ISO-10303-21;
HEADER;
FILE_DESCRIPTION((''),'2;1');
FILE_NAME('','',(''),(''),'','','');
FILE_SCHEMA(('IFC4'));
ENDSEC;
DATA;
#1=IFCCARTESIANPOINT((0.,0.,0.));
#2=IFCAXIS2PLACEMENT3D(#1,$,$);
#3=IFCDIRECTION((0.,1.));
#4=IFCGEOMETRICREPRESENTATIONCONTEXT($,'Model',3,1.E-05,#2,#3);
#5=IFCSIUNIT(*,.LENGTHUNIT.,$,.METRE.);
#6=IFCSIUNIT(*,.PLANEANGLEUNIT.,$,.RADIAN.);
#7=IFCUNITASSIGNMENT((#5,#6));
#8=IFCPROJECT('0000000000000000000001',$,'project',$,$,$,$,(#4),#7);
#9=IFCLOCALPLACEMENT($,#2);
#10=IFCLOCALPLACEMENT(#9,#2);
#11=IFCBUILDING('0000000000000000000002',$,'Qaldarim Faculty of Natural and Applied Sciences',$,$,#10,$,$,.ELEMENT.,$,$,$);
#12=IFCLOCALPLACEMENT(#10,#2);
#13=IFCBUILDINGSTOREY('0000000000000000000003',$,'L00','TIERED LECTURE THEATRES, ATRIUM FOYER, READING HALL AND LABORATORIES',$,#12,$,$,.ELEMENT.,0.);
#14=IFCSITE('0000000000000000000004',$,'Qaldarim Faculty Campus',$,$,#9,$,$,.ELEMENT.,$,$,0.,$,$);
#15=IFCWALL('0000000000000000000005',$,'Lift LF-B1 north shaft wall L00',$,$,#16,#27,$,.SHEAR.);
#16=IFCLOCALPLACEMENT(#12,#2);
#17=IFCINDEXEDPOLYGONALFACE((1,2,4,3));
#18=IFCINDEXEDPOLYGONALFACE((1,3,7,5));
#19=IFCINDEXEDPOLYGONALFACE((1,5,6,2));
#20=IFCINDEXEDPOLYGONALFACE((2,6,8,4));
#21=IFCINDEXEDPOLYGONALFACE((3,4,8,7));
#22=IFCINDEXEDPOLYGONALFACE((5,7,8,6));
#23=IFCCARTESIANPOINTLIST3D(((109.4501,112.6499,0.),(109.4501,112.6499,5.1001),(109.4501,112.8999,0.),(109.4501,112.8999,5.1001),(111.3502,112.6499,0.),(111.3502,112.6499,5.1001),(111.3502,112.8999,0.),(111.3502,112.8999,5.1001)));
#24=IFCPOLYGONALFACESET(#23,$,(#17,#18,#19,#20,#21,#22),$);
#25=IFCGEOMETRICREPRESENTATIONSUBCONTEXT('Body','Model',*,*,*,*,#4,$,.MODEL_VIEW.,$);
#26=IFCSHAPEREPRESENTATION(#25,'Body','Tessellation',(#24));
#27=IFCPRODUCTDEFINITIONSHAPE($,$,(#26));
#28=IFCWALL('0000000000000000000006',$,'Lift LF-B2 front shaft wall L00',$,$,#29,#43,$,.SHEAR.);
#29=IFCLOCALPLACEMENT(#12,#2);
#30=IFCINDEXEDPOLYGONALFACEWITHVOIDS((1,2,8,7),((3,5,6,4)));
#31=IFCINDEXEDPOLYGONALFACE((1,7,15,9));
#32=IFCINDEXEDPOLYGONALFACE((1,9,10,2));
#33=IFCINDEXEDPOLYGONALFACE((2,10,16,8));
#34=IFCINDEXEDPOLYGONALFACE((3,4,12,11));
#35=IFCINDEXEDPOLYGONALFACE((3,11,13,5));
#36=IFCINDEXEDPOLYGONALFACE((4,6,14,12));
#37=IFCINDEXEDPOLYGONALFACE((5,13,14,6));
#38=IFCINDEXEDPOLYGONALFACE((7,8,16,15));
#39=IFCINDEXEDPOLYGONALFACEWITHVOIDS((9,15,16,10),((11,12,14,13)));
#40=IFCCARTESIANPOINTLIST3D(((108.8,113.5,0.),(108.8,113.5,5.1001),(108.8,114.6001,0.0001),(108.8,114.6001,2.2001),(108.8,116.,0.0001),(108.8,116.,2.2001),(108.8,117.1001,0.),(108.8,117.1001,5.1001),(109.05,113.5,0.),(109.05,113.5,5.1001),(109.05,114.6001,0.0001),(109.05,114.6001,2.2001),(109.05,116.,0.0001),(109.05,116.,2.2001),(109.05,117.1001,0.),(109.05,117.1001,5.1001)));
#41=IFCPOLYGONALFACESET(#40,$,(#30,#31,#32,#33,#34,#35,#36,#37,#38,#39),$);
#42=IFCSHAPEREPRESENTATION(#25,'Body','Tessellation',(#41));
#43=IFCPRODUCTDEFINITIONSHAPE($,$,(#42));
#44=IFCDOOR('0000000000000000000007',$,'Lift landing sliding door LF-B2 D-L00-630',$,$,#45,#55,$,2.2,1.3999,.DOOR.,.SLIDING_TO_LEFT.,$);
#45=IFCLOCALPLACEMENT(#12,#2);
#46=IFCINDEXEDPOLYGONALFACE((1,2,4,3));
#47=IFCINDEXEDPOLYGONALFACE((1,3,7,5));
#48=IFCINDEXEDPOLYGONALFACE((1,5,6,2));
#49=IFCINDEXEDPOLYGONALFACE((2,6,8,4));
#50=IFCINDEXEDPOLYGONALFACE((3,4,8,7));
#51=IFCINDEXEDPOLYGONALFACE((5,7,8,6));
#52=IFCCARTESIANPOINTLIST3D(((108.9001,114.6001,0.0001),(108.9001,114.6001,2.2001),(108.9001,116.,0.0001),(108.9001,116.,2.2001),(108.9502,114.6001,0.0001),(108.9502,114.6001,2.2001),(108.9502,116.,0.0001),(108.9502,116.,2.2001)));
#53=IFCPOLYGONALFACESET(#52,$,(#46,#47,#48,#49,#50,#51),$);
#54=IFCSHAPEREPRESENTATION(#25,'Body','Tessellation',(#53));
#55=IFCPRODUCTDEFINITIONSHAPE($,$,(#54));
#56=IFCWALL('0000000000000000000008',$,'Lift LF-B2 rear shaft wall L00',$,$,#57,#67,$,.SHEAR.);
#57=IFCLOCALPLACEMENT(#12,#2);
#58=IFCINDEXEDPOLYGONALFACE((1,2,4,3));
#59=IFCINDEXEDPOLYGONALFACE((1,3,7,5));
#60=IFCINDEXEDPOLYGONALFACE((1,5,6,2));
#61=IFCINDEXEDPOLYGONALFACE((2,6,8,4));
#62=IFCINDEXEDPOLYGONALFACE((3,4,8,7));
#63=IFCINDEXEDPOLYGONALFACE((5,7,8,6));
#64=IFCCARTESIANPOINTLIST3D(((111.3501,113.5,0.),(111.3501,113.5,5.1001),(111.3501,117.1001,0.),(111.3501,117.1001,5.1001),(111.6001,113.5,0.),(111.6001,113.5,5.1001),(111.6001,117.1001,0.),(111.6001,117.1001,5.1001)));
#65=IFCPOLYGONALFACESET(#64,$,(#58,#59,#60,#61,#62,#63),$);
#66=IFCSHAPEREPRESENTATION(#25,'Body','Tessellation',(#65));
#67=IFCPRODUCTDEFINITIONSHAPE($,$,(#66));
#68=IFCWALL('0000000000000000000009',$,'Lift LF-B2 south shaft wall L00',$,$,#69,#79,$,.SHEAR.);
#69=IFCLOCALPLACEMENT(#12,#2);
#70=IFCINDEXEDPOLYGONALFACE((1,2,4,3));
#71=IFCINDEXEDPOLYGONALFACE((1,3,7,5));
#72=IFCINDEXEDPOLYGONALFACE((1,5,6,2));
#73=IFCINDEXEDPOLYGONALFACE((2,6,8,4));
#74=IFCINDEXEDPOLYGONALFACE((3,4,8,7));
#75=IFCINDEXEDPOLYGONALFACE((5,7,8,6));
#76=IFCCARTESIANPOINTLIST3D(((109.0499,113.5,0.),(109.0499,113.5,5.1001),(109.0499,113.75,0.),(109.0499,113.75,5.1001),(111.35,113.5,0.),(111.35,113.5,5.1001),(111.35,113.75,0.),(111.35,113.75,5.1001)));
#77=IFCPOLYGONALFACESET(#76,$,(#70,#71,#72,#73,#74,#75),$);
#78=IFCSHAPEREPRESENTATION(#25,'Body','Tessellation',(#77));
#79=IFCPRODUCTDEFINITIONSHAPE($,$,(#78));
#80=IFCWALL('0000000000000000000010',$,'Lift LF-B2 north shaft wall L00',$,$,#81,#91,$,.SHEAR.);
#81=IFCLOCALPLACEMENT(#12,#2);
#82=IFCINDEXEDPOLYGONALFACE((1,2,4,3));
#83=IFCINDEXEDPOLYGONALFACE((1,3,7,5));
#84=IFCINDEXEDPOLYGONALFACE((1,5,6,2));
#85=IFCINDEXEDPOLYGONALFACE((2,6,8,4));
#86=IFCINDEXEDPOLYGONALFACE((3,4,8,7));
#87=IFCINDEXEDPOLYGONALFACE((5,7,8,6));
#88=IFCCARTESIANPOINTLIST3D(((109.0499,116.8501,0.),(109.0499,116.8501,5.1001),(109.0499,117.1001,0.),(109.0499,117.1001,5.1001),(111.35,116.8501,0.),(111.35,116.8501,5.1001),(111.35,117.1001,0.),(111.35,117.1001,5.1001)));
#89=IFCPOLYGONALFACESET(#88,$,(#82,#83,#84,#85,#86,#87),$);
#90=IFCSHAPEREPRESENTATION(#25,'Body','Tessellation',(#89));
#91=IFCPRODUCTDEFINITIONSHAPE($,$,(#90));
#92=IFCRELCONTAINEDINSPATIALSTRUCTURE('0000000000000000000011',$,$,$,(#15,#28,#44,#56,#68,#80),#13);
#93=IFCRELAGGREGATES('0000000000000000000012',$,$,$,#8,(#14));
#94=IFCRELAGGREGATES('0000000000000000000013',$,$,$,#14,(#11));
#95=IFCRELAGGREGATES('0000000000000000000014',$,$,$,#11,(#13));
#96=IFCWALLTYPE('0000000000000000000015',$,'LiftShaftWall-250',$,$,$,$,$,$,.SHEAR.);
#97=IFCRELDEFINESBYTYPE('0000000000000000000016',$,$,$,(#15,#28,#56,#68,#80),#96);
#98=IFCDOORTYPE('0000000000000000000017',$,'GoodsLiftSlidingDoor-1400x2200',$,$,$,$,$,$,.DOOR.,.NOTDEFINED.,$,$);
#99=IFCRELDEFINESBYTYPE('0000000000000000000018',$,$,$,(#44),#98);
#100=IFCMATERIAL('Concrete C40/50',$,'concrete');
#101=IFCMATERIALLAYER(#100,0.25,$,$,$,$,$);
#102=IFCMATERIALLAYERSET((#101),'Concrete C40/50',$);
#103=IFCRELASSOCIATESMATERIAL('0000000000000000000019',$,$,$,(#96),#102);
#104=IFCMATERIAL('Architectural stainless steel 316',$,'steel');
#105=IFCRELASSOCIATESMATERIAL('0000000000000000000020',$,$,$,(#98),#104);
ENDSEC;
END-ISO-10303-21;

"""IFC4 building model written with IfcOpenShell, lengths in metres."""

from ifc_helpers import new_model, si_unit, direction, frame, frame_2d, origin, place, context, subcontext, project, spatial, rectangle, extrude, material, layer, layer_set, type_object, element, fill, save


model = new_model("IFC4")

# Units and contexts
model_context = context("Model", 3, precision=1e-05, world=origin(), true_north=direction((0.0, 1.0)))
body_context = subcontext(model_context, "Body", "Model", "MODEL_VIEW")
ifc_project = project(units=[si_unit("LENGTHUNIT", "METRE"), si_unit("PLANEANGLEUNIT", "RADIAN")], contexts=[model_context])

# Site, building, storey
site_placement = place(None, origin())
site = spatial("IfcSite", under=ifc_project, at=site_placement, Name="Qaldarim Faculty Campus", CompositionType="ELEMENT", RefElevation=0.0)
building_placement = place(site_placement, origin())
building = spatial("IfcBuilding", under=site, at=building_placement, Name="Qaldarim Faculty of Natural and Applied Sciences", CompositionType="ELEMENT")
storey_placement = place(building_placement, origin())
storey = spatial("IfcBuildingStorey", under=building, at=storey_placement, Name="L00", Description="TIERED LECTURE THEATRES, ATRIUM FOYER, READING HALL AND LABORATORIES", CompositionType="ELEMENT", Elevation=0.0)

# Shared definitions
ifc_material_1 = material(Name="Concrete C40/50", Category="concrete")
ifc_layer_1 = layer(ifc_material_1, 0.25)
ifc_layer_set_1 = layer_set([ifc_layer_1], Name="Concrete C40/50")
wall_type_1 = type_object("IfcWallType", Name="LiftShaftWall-250", PredefinedType="SHEAR", material=ifc_layer_set_1)
ifc_material_2 = material(Name="Architectural stainless steel 316", Category="steel")

# Wall
for number, where, z_axis, x_axis, name in (
    (1, (109.45, 112.7749, 0.0), (0.0, 0.0, 1.0), (1.0, 0.0, 0.0), "Lift LF-B1 north shaft wall L00"),
):
    element("IfcWall", number, at=place(storey_placement, frame(where, z_axis=z_axis, x_axis=x_axis)), inside=storey, type_object=wall_type_1, Name=name, PredefinedType="SHEAR", context=body_context, shape_type="SweptSolid", body=[
        extrude(rectangle(XDim=1.9001, YDim=0.25, at=frame_2d((0.9502, 0.0))), origin(), (0.0, 0.0, 1.0), 5.1001),
    ])

# Wall, opening, door
wall_1_placement = place(storey_placement, frame((108.925, 113.5, 0.0), z_axis=(0.0, 0.0, 1.0), x_axis=(0.0, 1.0, 0.0)))
wall_1 = element("IfcWall", 2, at=wall_1_placement, inside=storey, type_object=wall_type_1, Name="Lift LF-B2 front shaft wall L00", PredefinedType="SHEAR", context=body_context, shape_type="SweptSolid", body=[
    extrude(rectangle(XDim=3.6001, YDim=0.25, at=frame_2d((1.8, 0.0))), origin(), (0.0, 0.0, 1.0), 5.1001),
])
opening_1_placement = place(wall_1_placement, frame((1.1001, 0.0, 0.0)))
opening_1 = element("IfcOpeningElement", 3, at=opening_1_placement, cuts=wall_1, PredefinedType="OPENING", context=body_context, shape_type="SweptSolid", body=[
    extrude(rectangle(XDim=1.3999, YDim=2.2, at=frame_2d((0.7, 1.1001))), frame((0.0, 0.135, 0.0), z_axis=(0.0, -1.0, 0.0), x_axis=(1.0, 0.0, 0.0)), (0.0, 0.0, 1.0), 0.27),
])
door_type_1 = type_object("IfcDoorType", Name="GoodsLiftSlidingDoor-1400x2200", OperationType="NOTDEFINED", PredefinedType="DOOR", material=ifc_material_2)
door_1_placement = place(opening_1_placement, origin())
door_1 = element("IfcDoor", 4, at=door_1_placement, inside=storey, type_object=door_type_1, Name="Lift landing sliding door LF-B2 D-L00-630", OperationType="SLIDING_TO_LEFT", OverallHeight=2.2, OverallWidth=1.3999, PredefinedType="DOOR", context=body_context, shape_type="SweptSolid", body=[
    extrude(rectangle(XDim=1.3999, YDim=2.2, at=frame_2d((0.7, 1.1001))), frame((0.0, 0.0249, 0.0), z_axis=(0.0, -1.0, 0.0), x_axis=(1.0, 0.0, 0.0)), (0.0, 0.0, 1.0), 0.05),
])
fill(opening_1, door_1)

# Walls
wall_2_placement = place(storey_placement, frame((111.4751, 113.5, 0.0), z_axis=(0.0, 0.0, 1.0), x_axis=(0.0, 1.0, 0.0)))
element("IfcWall", 5, at=wall_2_placement, inside=storey, type_object=wall_type_1, Name="Lift LF-B2 rear shaft wall L00", PredefinedType="SHEAR", context=body_context, shape_type="SweptSolid", body=[
    extrude(rectangle(XDim=3.6001, YDim=0.25, at=frame_2d((1.8, 0.0))), origin(), (0.0, 0.0, 1.0), 5.1001),
])
for number, where, z_axis, x_axis, name in (
    (6, (109.05, 113.625, 0.0), (0.0, 0.0, 1.0), (1.0, 0.0, 0.0), "Lift LF-B2 south shaft wall L00"),
    (7, (109.05, 116.9751, 0.0), (0.0, 0.0, 1.0), (1.0, 0.0, 0.0), "Lift LF-B2 north shaft wall L00"),
):
    element("IfcWall", number, at=place(storey_placement, frame(where, z_axis=z_axis, x_axis=x_axis)), inside=storey, type_object=wall_type_1, Name=name, PredefinedType="SHEAR", context=body_context, shape_type="SweptSolid", body=[
        extrude(rectangle(XDim=2.3, YDim=0.25, at=frame_2d((1.1499, 0.0))), origin(), (0.0, 0.0, 1.0), 5.1001),
    ])

save(model, "model.ifc")
